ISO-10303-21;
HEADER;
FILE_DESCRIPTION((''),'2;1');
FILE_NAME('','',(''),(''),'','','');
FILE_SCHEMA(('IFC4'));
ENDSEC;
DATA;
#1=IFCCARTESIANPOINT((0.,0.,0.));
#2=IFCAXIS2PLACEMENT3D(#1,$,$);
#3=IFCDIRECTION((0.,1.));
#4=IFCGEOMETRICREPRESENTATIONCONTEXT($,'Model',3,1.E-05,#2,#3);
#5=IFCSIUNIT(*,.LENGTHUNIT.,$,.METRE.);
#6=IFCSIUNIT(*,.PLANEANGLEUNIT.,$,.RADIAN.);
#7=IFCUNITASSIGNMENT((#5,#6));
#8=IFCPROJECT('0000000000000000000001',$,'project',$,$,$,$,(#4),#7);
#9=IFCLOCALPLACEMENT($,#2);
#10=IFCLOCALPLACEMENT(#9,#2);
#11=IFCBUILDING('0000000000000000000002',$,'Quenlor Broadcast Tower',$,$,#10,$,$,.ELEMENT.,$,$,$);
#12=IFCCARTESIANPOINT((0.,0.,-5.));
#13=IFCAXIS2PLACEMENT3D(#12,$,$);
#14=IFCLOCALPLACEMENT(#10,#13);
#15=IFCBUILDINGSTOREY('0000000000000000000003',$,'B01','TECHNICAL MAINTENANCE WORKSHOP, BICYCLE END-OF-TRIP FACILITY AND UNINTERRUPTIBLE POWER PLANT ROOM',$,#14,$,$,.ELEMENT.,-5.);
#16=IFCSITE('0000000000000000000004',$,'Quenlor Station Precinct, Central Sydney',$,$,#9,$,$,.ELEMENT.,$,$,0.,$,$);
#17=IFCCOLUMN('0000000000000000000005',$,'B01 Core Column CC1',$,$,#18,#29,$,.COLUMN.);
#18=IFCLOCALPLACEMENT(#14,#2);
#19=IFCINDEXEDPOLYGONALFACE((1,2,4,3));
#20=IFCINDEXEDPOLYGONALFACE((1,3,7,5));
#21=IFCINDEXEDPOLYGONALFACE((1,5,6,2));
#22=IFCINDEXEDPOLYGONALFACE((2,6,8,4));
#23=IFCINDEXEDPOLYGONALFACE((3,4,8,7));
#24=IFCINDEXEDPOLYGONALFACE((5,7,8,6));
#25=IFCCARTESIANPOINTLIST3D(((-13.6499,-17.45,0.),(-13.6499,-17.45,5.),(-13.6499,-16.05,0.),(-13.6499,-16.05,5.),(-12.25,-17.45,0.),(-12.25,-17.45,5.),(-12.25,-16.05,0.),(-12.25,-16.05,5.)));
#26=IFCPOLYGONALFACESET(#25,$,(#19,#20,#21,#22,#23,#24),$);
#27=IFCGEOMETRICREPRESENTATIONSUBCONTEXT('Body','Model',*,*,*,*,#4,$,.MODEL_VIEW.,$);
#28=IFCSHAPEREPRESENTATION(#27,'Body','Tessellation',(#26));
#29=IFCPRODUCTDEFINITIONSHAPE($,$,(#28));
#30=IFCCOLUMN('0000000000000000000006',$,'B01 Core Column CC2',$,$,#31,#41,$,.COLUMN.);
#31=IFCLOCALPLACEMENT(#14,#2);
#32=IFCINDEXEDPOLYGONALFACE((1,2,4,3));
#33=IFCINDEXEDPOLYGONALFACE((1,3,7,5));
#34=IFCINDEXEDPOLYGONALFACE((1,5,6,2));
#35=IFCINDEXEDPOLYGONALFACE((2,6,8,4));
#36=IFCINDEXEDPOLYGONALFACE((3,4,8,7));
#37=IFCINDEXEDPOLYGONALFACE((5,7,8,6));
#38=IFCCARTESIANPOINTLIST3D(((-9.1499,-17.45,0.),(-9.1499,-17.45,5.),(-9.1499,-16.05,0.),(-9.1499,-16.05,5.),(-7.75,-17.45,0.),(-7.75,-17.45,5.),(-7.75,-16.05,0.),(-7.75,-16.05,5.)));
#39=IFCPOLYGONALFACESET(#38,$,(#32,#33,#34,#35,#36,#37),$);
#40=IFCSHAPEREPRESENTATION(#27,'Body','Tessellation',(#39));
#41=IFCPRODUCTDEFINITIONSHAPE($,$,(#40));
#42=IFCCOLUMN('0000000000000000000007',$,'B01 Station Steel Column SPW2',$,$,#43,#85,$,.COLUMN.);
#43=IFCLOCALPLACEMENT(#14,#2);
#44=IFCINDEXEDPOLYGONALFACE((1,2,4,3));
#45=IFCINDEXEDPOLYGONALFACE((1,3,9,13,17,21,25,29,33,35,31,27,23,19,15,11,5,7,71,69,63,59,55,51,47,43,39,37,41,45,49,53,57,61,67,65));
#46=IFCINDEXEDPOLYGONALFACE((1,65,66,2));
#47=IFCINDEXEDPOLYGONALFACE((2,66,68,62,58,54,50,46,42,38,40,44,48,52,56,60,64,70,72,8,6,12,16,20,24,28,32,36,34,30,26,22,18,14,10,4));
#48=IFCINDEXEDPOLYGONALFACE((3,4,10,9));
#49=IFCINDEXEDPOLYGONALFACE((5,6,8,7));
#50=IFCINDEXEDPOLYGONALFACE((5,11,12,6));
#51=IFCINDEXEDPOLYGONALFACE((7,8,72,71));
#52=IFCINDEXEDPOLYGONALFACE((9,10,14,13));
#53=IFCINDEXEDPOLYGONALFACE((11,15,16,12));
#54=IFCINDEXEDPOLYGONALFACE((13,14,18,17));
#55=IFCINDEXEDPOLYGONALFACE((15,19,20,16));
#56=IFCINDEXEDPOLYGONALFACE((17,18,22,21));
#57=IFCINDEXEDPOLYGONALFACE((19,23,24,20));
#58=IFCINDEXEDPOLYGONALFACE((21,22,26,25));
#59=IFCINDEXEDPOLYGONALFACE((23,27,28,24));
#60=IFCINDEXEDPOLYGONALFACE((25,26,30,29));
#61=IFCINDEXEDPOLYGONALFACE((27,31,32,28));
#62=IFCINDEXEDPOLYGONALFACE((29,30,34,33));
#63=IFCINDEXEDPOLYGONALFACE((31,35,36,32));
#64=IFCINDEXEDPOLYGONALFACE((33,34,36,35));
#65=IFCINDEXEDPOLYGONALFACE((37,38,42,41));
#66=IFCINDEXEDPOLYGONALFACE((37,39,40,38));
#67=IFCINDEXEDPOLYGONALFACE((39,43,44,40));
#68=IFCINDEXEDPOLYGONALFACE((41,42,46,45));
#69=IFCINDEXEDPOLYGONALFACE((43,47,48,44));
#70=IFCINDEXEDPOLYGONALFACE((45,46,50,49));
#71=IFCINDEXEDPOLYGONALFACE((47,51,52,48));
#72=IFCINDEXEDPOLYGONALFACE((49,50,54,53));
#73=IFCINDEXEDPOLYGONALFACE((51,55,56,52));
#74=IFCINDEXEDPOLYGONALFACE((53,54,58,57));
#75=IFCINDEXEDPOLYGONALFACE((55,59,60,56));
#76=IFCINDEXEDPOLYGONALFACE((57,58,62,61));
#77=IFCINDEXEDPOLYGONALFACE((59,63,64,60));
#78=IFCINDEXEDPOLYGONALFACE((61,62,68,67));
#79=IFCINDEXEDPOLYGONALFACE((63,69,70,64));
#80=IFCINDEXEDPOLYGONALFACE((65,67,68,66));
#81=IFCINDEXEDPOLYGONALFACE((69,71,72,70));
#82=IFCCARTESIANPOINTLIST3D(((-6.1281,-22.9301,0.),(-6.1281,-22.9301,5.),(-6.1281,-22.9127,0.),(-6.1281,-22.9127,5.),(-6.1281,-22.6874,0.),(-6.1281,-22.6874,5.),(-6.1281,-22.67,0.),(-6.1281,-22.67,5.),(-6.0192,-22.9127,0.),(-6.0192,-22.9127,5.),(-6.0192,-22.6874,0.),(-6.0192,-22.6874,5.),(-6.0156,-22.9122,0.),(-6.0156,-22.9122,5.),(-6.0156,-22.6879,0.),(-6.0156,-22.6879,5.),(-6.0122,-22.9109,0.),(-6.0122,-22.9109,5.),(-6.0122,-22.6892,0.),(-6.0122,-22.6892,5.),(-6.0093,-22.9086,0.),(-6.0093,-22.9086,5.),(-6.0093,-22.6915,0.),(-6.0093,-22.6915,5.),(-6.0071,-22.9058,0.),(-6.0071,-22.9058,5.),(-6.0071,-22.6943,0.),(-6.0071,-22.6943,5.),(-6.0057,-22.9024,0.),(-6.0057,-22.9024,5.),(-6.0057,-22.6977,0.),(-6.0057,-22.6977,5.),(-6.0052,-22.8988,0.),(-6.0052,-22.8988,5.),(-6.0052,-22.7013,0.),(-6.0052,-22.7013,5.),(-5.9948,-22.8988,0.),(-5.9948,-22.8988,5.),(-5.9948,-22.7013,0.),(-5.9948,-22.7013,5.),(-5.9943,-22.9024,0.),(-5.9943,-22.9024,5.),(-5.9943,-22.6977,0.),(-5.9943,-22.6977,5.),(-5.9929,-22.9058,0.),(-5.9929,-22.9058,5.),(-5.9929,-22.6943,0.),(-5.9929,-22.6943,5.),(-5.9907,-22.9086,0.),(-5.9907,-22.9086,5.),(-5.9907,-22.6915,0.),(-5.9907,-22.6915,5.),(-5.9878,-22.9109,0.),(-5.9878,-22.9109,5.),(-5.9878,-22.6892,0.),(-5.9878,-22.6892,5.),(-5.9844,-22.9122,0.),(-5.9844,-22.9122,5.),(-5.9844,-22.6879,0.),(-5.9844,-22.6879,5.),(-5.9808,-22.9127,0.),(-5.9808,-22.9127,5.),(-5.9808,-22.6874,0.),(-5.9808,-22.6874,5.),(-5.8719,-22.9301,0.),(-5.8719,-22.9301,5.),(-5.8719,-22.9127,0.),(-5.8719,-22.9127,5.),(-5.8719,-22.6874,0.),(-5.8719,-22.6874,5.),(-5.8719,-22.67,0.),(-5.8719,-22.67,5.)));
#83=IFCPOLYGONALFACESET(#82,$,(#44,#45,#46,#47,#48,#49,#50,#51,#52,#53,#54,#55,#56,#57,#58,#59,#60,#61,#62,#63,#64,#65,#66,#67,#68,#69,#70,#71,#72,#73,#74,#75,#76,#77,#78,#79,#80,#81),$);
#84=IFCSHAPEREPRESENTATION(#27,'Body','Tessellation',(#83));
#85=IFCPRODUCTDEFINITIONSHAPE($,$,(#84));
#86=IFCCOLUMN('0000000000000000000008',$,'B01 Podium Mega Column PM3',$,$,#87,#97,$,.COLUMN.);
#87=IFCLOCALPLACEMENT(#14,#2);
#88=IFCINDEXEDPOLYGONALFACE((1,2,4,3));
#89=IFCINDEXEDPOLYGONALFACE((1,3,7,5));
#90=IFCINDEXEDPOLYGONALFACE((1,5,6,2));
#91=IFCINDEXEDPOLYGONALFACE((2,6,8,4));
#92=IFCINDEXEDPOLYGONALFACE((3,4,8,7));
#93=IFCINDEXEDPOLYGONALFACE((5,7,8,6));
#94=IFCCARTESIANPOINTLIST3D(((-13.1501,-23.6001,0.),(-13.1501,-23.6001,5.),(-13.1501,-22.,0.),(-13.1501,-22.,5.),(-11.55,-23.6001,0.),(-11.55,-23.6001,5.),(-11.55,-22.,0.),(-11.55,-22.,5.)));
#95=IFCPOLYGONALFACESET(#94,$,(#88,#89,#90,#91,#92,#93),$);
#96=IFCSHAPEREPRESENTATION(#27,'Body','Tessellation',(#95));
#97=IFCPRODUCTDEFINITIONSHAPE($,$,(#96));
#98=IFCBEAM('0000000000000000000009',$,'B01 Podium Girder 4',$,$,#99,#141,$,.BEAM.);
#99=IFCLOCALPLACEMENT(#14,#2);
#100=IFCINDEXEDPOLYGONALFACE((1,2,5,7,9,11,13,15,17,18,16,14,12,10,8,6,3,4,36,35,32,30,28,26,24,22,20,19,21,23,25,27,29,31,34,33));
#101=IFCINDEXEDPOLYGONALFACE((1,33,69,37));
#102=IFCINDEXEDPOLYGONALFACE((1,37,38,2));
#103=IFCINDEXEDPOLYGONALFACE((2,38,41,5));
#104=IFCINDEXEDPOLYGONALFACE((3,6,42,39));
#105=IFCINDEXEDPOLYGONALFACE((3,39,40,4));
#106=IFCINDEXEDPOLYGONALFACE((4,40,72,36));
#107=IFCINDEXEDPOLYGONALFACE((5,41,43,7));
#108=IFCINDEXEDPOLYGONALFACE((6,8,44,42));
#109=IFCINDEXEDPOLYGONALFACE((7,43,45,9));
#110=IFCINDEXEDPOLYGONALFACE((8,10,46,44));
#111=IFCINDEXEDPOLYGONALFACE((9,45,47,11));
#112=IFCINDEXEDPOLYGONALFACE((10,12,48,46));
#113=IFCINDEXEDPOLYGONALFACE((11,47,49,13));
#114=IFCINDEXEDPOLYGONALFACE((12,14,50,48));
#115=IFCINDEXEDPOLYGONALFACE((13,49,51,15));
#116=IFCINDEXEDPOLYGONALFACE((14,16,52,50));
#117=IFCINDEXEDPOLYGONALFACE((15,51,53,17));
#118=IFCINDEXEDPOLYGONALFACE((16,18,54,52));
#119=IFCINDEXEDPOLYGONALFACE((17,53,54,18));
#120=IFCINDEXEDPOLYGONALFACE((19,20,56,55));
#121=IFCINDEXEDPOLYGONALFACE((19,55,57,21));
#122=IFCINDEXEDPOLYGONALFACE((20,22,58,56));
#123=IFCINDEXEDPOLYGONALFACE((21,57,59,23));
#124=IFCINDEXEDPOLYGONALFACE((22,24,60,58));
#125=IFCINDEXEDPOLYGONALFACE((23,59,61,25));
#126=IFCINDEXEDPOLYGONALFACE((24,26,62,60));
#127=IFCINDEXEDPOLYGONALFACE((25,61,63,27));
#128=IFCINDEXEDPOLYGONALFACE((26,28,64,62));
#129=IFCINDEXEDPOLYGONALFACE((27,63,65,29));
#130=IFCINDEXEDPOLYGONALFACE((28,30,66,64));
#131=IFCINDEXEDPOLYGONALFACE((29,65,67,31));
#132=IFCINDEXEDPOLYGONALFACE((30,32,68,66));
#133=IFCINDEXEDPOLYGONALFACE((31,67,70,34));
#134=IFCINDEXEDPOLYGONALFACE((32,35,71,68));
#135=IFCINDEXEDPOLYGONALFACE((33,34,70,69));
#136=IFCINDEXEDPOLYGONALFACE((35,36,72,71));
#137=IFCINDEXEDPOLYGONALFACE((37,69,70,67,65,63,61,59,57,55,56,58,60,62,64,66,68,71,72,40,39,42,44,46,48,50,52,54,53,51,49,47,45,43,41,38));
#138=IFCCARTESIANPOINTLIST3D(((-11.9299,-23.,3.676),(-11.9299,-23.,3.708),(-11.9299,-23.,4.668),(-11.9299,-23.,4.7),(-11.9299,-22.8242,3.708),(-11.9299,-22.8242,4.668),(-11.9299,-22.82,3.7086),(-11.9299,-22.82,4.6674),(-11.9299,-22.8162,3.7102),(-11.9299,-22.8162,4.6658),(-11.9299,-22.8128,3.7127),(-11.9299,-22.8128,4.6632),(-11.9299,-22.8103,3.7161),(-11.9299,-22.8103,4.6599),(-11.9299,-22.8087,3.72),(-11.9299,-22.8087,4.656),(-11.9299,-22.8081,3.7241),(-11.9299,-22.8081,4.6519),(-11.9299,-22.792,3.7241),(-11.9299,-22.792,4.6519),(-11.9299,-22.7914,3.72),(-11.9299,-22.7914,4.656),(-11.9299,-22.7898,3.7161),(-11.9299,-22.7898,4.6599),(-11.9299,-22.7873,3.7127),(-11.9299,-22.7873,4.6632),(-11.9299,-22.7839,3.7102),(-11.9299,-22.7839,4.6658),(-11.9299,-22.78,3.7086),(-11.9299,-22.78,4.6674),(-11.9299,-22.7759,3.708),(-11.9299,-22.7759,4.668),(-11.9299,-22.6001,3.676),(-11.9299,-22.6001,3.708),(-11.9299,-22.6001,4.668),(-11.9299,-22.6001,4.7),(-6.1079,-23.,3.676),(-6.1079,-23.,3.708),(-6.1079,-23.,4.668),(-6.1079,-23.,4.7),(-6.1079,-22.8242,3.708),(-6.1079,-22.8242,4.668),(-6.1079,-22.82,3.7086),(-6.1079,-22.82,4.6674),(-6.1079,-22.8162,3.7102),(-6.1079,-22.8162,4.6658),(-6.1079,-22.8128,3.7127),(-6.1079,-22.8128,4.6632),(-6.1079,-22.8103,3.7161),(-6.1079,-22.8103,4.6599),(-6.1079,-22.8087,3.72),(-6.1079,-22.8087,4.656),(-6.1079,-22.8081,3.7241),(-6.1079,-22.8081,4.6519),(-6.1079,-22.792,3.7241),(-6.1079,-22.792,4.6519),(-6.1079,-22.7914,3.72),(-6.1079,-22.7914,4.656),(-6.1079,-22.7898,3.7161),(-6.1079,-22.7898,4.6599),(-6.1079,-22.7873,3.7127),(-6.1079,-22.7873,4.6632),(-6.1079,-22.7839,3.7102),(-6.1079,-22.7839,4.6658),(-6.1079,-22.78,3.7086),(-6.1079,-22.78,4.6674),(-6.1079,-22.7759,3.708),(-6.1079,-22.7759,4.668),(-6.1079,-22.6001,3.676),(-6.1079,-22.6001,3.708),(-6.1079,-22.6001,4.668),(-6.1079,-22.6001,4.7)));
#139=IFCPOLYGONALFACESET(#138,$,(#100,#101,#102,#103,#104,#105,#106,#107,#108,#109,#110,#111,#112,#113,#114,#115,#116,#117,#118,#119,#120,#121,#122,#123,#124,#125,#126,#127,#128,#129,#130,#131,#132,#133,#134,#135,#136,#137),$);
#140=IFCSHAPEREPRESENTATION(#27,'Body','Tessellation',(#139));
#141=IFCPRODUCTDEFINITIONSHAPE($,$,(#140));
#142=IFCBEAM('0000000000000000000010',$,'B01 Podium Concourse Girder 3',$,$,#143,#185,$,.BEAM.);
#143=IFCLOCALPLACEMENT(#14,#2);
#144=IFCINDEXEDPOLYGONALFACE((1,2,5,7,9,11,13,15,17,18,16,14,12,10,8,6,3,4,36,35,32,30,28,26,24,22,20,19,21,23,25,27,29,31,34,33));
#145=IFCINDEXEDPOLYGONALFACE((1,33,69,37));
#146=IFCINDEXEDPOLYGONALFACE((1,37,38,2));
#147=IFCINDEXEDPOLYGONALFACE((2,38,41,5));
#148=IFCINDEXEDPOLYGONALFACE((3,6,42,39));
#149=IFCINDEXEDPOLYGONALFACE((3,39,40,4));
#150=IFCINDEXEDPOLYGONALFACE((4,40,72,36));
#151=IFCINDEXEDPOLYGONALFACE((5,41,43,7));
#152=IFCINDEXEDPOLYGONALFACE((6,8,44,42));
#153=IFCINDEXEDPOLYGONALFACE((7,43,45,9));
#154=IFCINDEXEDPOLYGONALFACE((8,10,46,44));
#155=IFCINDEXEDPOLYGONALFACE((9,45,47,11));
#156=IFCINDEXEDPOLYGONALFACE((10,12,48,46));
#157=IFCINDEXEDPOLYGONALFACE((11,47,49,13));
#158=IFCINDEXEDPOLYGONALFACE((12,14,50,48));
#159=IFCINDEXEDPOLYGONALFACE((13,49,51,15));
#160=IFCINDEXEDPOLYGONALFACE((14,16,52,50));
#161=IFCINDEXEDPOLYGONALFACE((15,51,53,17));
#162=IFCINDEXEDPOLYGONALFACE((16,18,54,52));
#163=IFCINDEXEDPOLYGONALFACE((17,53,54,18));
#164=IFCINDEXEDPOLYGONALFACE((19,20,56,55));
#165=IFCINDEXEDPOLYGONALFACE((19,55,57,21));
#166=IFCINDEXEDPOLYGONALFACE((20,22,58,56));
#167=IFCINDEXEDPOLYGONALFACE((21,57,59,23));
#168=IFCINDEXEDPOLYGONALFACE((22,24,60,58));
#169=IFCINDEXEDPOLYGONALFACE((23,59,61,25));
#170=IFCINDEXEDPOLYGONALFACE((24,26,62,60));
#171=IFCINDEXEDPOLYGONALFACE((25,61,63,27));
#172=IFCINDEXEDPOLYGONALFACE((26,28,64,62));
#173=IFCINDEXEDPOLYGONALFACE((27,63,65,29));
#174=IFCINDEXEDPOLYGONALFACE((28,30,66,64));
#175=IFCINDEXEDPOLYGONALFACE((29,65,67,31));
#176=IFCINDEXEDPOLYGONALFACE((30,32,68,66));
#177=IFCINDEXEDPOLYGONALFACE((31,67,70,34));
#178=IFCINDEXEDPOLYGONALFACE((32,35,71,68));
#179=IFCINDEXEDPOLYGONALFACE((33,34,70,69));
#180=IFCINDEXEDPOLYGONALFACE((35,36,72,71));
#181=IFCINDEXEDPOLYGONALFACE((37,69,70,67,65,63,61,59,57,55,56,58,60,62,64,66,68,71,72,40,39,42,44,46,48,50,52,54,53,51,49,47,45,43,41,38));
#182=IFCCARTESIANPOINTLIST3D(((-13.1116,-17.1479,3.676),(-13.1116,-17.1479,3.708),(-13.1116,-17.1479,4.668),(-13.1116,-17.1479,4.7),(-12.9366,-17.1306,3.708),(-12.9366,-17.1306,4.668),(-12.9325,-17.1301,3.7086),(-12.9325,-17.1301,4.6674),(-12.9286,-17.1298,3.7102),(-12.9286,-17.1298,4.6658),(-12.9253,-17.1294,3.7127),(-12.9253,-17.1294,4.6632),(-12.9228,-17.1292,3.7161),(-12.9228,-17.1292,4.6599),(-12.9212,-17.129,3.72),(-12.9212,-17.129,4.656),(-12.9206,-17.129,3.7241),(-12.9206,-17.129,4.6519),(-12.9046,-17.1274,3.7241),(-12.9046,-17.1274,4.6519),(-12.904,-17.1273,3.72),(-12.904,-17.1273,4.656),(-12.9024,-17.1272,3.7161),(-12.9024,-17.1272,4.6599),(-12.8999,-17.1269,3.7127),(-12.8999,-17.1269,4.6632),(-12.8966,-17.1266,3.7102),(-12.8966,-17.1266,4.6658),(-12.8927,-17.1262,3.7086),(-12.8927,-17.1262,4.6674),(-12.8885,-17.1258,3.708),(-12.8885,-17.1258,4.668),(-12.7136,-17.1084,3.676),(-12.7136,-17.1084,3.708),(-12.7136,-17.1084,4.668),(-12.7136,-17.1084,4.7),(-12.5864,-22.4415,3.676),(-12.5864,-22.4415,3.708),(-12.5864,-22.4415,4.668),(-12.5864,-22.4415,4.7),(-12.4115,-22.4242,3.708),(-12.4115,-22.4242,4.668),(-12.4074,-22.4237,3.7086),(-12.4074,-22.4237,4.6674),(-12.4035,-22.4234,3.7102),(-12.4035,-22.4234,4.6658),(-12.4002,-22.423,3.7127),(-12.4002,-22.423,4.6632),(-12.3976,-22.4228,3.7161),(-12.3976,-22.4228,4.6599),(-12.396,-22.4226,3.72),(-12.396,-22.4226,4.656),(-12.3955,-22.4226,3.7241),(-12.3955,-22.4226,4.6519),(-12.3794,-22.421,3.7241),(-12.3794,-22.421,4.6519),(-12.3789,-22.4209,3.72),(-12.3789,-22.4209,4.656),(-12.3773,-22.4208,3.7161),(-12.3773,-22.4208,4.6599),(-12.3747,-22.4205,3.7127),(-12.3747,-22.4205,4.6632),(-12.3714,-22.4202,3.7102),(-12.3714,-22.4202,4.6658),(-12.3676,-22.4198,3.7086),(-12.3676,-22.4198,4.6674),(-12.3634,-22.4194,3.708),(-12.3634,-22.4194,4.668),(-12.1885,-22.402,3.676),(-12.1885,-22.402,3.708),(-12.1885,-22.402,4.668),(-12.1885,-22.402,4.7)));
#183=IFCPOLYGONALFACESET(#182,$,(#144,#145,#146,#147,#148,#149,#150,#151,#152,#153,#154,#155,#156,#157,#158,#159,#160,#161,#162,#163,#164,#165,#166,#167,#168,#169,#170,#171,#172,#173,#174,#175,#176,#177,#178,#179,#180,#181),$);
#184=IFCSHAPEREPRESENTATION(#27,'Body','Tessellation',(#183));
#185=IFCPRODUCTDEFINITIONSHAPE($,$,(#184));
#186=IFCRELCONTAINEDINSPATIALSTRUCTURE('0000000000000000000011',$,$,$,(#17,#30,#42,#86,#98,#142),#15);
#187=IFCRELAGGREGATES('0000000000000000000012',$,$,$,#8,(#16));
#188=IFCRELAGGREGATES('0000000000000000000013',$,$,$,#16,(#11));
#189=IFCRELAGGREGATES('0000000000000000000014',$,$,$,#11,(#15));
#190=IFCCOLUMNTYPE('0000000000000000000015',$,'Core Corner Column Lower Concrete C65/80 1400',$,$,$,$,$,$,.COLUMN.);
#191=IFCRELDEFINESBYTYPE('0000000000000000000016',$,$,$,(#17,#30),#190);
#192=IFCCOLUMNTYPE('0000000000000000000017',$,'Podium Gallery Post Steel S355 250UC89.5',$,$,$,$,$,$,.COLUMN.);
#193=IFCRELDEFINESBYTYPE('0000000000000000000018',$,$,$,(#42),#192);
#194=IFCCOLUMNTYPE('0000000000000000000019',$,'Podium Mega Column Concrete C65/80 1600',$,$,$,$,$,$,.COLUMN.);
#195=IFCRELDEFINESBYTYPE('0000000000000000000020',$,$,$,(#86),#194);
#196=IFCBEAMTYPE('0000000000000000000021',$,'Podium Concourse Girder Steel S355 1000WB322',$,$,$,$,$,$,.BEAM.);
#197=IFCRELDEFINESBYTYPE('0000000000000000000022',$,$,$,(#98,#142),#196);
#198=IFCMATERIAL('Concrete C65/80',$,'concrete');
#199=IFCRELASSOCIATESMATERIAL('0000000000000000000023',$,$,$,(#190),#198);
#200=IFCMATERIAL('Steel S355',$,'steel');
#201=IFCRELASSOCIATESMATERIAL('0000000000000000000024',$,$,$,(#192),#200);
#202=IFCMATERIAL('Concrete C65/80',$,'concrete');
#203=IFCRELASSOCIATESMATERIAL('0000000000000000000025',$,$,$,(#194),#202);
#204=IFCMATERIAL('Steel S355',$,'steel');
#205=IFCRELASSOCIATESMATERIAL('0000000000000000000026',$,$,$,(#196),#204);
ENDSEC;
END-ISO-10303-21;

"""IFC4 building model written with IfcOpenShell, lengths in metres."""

from ifc_helpers import new_model, si_unit, direction, frame, origin, origin_2d, place, context, subcontext, project, spatial, rectangle, i_section, extrude, material, material_profile, profile_set, type_object, element, save


model = new_model("IFC4")

# Units and contexts
model_context = context("Model", 3, precision=1e-05, world=origin(), true_north=direction((0.0, 1.0)))
body_context = subcontext(model_context, "Body", "Model", "MODEL_VIEW")
ifc_project = project(units=[si_unit("LENGTHUNIT", "METRE"), si_unit("PLANEANGLEUNIT", "RADIAN")], contexts=[model_context])

# Site, building, storey
site_placement = place(None, origin())
site = spatial("IfcSite", under=ifc_project, at=site_placement, Name="Quenlor Station Precinct, Central Sydney", CompositionType="ELEMENT", RefElevation=0.0)
building_placement = place(site_placement, origin())
building = spatial("IfcBuilding", under=site, at=building_placement, Name="Quenlor Broadcast Tower", CompositionType="ELEMENT")
storey_placement = place(building_placement, frame((0.0, 0.0, -5.0)))
storey = spatial("IfcBuildingStorey", under=building, at=storey_placement, Name="B01", Description="TECHNICAL MAINTENANCE WORKSHOP, BICYCLE END-OF-TRIP FACILITY AND UNINTERRUPTIBLE POWER PLANT ROOM", CompositionType="ELEMENT", Elevation=-5.0)

# Columns
ifc_material_1 = material(Name="Concrete C65/80", Category="concrete")
ifc_material_profile_1 = material_profile(ifc_material_1, rectangle(XDim=1.3999, YDim=1.3999, at=origin_2d()))
ifc_profile_set_1 = profile_set([ifc_material_profile_1], Name="Concrete C65/80 RC1400x1400")
column_type_1 = type_object("IfcColumnType", Name="Core Corner Column Lower Concrete C65/80 1400", PredefinedType="COLUMN", material=ifc_profile_set_1)
for number, where, z_axis, x_axis, name in (
    (1, (-12.95, -16.75, 0.0), (0.0, 0.0, 1.0), (1.0, 0.0, 0.0), "B01 Core Column CC1"),
    (2, (-8.45, -16.75, 0.0), (0.0, 0.0, 1.0), (1.0, 0.0, 0.0), "B01 Core Column CC2"),
):
    element("IfcColumn", number, at=place(storey_placement, frame(where, z_axis=z_axis, x_axis=x_axis)), inside=storey, type_object=column_type_1, Name=name, PredefinedType="COLUMN", context=body_context, shape_type="SweptSolid", body=[
        extrude(rectangle(XDim=1.3999, YDim=1.3999, at=origin_2d()), origin(), (0.0, 0.0, 1.0), 5.0),
    ])
ifc_material_2 = material(Name="Steel S355", Category="steel")
ifc_material_profile_2 = material_profile(ifc_material_2, i_section(OverallWidth=0.2561, OverallDepth=0.26, WebThickness=0.0105, FlangeThickness=0.0173, FilletRadius=0.0139, at=origin_2d()))
ifc_profile_set_2 = profile_set([ifc_material_profile_2], Name="Steel S355 250UC89.5")
column_type_2 = type_object("IfcColumnType", Name="Podium Gallery Post Steel S355 250UC89.5", PredefinedType="COLUMN", material=ifc_profile_set_2)
column_1_placement = place(storey_placement, frame((-6.0, -22.8, 0.0), z_axis=(0.0, 0.0, 1.0), x_axis=(1.0, 0.0, 0.0)))
element("IfcColumn", 3, at=column_1_placement, inside=storey, type_object=column_type_2, Name="B01 Station Steel Column SPW2", PredefinedType="COLUMN", context=body_context, shape_type="SweptSolid", body=[
    extrude(i_section(OverallWidth=0.2561, OverallDepth=0.26, WebThickness=0.0105, FlangeThickness=0.0173, FilletRadius=0.0139, at=origin_2d()), origin(), (0.0, 0.0, 1.0), 5.0),
])
ifc_material_3 = material(Name="Concrete C65/80", Category="concrete")
ifc_material_profile_3 = material_profile(ifc_material_3, rectangle(XDim=1.6001, YDim=1.6001, at=origin_2d()))
ifc_profile_set_3 = profile_set([ifc_material_profile_3], Name="Concrete C65/80 RC1600x1600")
column_type_3 = type_object("IfcColumnType", Name="Podium Mega Column Concrete C65/80 1600", PredefinedType="COLUMN", material=ifc_profile_set_3)
column_2_placement = place(storey_placement, frame((-12.3501, -22.8, 0.0), z_axis=(0.0, 0.0, 1.0), x_axis=(1.0, 0.0, 0.0)))
element("IfcColumn", 4, at=column_2_placement, inside=storey, type_object=column_type_3, Name="B01 Podium Mega Column PM3", PredefinedType="COLUMN", context=body_context, shape_type="SweptSolid", body=[
    extrude(rectangle(XDim=1.6001, YDim=1.6001, at=origin_2d()), origin(), (0.0, 0.0, 1.0), 5.0),
])

# Beams
ifc_material_4 = material(Name="Steel S355", Category="steel")
ifc_material_profile_4 = material_profile(ifc_material_4, i_section(OverallWidth=0.3999, OverallDepth=1.0239, WebThickness=0.0161, FlangeThickness=0.032, FilletRadius=0.0161, at=origin_2d()))
ifc_profile_set_4 = profile_set([ifc_material_profile_4], Name="Steel S355 1000WB322")
beam_type_1 = type_object("IfcBeamType", Name="Podium Concourse Girder Steel S355 1000WB322", PredefinedType="BEAM", material=ifc_profile_set_4)
beam_1_placement = place(storey_placement, frame((-11.9299, -22.8, 4.188), z_axis=(1.0, 0.0, 0.0), x_axis=(0.0, 1.0, 0.0)))
element("IfcBeam", 5, at=beam_1_placement, inside=storey, type_object=beam_type_1, Name="B01 Podium Girder 4", PredefinedType="BEAM", context=body_context, shape_type="SweptSolid", body=[
    extrude(i_section(OverallWidth=0.3999, OverallDepth=1.0239, WebThickness=0.0161, FlangeThickness=0.032, FilletRadius=0.0161, at=origin_2d()), origin(), (0.0, 0.0, 1.0), 5.822),
])
beam_2_placement = place(storey_placement, frame((-12.9126, -17.1282, 4.188), z_axis=(0.098718, -0.995115, 0.0), x_axis=(0.995115, 0.098718, 0.0)))
element("IfcBeam", 6, at=beam_2_placement, inside=storey, type_object=beam_type_1, Name="B01 Podium Concourse Girder 3", PredefinedType="BEAM", context=body_context, shape_type="SweptSolid", body=[
    extrude(i_section(OverallWidth=0.3999, OverallDepth=1.0239, WebThickness=0.0161, FlangeThickness=0.032, FilletRadius=0.0161, at=origin_2d()), origin(), (0.0, 0.0, 1.0), 5.3196),
])

save(model, "model.ifc")
